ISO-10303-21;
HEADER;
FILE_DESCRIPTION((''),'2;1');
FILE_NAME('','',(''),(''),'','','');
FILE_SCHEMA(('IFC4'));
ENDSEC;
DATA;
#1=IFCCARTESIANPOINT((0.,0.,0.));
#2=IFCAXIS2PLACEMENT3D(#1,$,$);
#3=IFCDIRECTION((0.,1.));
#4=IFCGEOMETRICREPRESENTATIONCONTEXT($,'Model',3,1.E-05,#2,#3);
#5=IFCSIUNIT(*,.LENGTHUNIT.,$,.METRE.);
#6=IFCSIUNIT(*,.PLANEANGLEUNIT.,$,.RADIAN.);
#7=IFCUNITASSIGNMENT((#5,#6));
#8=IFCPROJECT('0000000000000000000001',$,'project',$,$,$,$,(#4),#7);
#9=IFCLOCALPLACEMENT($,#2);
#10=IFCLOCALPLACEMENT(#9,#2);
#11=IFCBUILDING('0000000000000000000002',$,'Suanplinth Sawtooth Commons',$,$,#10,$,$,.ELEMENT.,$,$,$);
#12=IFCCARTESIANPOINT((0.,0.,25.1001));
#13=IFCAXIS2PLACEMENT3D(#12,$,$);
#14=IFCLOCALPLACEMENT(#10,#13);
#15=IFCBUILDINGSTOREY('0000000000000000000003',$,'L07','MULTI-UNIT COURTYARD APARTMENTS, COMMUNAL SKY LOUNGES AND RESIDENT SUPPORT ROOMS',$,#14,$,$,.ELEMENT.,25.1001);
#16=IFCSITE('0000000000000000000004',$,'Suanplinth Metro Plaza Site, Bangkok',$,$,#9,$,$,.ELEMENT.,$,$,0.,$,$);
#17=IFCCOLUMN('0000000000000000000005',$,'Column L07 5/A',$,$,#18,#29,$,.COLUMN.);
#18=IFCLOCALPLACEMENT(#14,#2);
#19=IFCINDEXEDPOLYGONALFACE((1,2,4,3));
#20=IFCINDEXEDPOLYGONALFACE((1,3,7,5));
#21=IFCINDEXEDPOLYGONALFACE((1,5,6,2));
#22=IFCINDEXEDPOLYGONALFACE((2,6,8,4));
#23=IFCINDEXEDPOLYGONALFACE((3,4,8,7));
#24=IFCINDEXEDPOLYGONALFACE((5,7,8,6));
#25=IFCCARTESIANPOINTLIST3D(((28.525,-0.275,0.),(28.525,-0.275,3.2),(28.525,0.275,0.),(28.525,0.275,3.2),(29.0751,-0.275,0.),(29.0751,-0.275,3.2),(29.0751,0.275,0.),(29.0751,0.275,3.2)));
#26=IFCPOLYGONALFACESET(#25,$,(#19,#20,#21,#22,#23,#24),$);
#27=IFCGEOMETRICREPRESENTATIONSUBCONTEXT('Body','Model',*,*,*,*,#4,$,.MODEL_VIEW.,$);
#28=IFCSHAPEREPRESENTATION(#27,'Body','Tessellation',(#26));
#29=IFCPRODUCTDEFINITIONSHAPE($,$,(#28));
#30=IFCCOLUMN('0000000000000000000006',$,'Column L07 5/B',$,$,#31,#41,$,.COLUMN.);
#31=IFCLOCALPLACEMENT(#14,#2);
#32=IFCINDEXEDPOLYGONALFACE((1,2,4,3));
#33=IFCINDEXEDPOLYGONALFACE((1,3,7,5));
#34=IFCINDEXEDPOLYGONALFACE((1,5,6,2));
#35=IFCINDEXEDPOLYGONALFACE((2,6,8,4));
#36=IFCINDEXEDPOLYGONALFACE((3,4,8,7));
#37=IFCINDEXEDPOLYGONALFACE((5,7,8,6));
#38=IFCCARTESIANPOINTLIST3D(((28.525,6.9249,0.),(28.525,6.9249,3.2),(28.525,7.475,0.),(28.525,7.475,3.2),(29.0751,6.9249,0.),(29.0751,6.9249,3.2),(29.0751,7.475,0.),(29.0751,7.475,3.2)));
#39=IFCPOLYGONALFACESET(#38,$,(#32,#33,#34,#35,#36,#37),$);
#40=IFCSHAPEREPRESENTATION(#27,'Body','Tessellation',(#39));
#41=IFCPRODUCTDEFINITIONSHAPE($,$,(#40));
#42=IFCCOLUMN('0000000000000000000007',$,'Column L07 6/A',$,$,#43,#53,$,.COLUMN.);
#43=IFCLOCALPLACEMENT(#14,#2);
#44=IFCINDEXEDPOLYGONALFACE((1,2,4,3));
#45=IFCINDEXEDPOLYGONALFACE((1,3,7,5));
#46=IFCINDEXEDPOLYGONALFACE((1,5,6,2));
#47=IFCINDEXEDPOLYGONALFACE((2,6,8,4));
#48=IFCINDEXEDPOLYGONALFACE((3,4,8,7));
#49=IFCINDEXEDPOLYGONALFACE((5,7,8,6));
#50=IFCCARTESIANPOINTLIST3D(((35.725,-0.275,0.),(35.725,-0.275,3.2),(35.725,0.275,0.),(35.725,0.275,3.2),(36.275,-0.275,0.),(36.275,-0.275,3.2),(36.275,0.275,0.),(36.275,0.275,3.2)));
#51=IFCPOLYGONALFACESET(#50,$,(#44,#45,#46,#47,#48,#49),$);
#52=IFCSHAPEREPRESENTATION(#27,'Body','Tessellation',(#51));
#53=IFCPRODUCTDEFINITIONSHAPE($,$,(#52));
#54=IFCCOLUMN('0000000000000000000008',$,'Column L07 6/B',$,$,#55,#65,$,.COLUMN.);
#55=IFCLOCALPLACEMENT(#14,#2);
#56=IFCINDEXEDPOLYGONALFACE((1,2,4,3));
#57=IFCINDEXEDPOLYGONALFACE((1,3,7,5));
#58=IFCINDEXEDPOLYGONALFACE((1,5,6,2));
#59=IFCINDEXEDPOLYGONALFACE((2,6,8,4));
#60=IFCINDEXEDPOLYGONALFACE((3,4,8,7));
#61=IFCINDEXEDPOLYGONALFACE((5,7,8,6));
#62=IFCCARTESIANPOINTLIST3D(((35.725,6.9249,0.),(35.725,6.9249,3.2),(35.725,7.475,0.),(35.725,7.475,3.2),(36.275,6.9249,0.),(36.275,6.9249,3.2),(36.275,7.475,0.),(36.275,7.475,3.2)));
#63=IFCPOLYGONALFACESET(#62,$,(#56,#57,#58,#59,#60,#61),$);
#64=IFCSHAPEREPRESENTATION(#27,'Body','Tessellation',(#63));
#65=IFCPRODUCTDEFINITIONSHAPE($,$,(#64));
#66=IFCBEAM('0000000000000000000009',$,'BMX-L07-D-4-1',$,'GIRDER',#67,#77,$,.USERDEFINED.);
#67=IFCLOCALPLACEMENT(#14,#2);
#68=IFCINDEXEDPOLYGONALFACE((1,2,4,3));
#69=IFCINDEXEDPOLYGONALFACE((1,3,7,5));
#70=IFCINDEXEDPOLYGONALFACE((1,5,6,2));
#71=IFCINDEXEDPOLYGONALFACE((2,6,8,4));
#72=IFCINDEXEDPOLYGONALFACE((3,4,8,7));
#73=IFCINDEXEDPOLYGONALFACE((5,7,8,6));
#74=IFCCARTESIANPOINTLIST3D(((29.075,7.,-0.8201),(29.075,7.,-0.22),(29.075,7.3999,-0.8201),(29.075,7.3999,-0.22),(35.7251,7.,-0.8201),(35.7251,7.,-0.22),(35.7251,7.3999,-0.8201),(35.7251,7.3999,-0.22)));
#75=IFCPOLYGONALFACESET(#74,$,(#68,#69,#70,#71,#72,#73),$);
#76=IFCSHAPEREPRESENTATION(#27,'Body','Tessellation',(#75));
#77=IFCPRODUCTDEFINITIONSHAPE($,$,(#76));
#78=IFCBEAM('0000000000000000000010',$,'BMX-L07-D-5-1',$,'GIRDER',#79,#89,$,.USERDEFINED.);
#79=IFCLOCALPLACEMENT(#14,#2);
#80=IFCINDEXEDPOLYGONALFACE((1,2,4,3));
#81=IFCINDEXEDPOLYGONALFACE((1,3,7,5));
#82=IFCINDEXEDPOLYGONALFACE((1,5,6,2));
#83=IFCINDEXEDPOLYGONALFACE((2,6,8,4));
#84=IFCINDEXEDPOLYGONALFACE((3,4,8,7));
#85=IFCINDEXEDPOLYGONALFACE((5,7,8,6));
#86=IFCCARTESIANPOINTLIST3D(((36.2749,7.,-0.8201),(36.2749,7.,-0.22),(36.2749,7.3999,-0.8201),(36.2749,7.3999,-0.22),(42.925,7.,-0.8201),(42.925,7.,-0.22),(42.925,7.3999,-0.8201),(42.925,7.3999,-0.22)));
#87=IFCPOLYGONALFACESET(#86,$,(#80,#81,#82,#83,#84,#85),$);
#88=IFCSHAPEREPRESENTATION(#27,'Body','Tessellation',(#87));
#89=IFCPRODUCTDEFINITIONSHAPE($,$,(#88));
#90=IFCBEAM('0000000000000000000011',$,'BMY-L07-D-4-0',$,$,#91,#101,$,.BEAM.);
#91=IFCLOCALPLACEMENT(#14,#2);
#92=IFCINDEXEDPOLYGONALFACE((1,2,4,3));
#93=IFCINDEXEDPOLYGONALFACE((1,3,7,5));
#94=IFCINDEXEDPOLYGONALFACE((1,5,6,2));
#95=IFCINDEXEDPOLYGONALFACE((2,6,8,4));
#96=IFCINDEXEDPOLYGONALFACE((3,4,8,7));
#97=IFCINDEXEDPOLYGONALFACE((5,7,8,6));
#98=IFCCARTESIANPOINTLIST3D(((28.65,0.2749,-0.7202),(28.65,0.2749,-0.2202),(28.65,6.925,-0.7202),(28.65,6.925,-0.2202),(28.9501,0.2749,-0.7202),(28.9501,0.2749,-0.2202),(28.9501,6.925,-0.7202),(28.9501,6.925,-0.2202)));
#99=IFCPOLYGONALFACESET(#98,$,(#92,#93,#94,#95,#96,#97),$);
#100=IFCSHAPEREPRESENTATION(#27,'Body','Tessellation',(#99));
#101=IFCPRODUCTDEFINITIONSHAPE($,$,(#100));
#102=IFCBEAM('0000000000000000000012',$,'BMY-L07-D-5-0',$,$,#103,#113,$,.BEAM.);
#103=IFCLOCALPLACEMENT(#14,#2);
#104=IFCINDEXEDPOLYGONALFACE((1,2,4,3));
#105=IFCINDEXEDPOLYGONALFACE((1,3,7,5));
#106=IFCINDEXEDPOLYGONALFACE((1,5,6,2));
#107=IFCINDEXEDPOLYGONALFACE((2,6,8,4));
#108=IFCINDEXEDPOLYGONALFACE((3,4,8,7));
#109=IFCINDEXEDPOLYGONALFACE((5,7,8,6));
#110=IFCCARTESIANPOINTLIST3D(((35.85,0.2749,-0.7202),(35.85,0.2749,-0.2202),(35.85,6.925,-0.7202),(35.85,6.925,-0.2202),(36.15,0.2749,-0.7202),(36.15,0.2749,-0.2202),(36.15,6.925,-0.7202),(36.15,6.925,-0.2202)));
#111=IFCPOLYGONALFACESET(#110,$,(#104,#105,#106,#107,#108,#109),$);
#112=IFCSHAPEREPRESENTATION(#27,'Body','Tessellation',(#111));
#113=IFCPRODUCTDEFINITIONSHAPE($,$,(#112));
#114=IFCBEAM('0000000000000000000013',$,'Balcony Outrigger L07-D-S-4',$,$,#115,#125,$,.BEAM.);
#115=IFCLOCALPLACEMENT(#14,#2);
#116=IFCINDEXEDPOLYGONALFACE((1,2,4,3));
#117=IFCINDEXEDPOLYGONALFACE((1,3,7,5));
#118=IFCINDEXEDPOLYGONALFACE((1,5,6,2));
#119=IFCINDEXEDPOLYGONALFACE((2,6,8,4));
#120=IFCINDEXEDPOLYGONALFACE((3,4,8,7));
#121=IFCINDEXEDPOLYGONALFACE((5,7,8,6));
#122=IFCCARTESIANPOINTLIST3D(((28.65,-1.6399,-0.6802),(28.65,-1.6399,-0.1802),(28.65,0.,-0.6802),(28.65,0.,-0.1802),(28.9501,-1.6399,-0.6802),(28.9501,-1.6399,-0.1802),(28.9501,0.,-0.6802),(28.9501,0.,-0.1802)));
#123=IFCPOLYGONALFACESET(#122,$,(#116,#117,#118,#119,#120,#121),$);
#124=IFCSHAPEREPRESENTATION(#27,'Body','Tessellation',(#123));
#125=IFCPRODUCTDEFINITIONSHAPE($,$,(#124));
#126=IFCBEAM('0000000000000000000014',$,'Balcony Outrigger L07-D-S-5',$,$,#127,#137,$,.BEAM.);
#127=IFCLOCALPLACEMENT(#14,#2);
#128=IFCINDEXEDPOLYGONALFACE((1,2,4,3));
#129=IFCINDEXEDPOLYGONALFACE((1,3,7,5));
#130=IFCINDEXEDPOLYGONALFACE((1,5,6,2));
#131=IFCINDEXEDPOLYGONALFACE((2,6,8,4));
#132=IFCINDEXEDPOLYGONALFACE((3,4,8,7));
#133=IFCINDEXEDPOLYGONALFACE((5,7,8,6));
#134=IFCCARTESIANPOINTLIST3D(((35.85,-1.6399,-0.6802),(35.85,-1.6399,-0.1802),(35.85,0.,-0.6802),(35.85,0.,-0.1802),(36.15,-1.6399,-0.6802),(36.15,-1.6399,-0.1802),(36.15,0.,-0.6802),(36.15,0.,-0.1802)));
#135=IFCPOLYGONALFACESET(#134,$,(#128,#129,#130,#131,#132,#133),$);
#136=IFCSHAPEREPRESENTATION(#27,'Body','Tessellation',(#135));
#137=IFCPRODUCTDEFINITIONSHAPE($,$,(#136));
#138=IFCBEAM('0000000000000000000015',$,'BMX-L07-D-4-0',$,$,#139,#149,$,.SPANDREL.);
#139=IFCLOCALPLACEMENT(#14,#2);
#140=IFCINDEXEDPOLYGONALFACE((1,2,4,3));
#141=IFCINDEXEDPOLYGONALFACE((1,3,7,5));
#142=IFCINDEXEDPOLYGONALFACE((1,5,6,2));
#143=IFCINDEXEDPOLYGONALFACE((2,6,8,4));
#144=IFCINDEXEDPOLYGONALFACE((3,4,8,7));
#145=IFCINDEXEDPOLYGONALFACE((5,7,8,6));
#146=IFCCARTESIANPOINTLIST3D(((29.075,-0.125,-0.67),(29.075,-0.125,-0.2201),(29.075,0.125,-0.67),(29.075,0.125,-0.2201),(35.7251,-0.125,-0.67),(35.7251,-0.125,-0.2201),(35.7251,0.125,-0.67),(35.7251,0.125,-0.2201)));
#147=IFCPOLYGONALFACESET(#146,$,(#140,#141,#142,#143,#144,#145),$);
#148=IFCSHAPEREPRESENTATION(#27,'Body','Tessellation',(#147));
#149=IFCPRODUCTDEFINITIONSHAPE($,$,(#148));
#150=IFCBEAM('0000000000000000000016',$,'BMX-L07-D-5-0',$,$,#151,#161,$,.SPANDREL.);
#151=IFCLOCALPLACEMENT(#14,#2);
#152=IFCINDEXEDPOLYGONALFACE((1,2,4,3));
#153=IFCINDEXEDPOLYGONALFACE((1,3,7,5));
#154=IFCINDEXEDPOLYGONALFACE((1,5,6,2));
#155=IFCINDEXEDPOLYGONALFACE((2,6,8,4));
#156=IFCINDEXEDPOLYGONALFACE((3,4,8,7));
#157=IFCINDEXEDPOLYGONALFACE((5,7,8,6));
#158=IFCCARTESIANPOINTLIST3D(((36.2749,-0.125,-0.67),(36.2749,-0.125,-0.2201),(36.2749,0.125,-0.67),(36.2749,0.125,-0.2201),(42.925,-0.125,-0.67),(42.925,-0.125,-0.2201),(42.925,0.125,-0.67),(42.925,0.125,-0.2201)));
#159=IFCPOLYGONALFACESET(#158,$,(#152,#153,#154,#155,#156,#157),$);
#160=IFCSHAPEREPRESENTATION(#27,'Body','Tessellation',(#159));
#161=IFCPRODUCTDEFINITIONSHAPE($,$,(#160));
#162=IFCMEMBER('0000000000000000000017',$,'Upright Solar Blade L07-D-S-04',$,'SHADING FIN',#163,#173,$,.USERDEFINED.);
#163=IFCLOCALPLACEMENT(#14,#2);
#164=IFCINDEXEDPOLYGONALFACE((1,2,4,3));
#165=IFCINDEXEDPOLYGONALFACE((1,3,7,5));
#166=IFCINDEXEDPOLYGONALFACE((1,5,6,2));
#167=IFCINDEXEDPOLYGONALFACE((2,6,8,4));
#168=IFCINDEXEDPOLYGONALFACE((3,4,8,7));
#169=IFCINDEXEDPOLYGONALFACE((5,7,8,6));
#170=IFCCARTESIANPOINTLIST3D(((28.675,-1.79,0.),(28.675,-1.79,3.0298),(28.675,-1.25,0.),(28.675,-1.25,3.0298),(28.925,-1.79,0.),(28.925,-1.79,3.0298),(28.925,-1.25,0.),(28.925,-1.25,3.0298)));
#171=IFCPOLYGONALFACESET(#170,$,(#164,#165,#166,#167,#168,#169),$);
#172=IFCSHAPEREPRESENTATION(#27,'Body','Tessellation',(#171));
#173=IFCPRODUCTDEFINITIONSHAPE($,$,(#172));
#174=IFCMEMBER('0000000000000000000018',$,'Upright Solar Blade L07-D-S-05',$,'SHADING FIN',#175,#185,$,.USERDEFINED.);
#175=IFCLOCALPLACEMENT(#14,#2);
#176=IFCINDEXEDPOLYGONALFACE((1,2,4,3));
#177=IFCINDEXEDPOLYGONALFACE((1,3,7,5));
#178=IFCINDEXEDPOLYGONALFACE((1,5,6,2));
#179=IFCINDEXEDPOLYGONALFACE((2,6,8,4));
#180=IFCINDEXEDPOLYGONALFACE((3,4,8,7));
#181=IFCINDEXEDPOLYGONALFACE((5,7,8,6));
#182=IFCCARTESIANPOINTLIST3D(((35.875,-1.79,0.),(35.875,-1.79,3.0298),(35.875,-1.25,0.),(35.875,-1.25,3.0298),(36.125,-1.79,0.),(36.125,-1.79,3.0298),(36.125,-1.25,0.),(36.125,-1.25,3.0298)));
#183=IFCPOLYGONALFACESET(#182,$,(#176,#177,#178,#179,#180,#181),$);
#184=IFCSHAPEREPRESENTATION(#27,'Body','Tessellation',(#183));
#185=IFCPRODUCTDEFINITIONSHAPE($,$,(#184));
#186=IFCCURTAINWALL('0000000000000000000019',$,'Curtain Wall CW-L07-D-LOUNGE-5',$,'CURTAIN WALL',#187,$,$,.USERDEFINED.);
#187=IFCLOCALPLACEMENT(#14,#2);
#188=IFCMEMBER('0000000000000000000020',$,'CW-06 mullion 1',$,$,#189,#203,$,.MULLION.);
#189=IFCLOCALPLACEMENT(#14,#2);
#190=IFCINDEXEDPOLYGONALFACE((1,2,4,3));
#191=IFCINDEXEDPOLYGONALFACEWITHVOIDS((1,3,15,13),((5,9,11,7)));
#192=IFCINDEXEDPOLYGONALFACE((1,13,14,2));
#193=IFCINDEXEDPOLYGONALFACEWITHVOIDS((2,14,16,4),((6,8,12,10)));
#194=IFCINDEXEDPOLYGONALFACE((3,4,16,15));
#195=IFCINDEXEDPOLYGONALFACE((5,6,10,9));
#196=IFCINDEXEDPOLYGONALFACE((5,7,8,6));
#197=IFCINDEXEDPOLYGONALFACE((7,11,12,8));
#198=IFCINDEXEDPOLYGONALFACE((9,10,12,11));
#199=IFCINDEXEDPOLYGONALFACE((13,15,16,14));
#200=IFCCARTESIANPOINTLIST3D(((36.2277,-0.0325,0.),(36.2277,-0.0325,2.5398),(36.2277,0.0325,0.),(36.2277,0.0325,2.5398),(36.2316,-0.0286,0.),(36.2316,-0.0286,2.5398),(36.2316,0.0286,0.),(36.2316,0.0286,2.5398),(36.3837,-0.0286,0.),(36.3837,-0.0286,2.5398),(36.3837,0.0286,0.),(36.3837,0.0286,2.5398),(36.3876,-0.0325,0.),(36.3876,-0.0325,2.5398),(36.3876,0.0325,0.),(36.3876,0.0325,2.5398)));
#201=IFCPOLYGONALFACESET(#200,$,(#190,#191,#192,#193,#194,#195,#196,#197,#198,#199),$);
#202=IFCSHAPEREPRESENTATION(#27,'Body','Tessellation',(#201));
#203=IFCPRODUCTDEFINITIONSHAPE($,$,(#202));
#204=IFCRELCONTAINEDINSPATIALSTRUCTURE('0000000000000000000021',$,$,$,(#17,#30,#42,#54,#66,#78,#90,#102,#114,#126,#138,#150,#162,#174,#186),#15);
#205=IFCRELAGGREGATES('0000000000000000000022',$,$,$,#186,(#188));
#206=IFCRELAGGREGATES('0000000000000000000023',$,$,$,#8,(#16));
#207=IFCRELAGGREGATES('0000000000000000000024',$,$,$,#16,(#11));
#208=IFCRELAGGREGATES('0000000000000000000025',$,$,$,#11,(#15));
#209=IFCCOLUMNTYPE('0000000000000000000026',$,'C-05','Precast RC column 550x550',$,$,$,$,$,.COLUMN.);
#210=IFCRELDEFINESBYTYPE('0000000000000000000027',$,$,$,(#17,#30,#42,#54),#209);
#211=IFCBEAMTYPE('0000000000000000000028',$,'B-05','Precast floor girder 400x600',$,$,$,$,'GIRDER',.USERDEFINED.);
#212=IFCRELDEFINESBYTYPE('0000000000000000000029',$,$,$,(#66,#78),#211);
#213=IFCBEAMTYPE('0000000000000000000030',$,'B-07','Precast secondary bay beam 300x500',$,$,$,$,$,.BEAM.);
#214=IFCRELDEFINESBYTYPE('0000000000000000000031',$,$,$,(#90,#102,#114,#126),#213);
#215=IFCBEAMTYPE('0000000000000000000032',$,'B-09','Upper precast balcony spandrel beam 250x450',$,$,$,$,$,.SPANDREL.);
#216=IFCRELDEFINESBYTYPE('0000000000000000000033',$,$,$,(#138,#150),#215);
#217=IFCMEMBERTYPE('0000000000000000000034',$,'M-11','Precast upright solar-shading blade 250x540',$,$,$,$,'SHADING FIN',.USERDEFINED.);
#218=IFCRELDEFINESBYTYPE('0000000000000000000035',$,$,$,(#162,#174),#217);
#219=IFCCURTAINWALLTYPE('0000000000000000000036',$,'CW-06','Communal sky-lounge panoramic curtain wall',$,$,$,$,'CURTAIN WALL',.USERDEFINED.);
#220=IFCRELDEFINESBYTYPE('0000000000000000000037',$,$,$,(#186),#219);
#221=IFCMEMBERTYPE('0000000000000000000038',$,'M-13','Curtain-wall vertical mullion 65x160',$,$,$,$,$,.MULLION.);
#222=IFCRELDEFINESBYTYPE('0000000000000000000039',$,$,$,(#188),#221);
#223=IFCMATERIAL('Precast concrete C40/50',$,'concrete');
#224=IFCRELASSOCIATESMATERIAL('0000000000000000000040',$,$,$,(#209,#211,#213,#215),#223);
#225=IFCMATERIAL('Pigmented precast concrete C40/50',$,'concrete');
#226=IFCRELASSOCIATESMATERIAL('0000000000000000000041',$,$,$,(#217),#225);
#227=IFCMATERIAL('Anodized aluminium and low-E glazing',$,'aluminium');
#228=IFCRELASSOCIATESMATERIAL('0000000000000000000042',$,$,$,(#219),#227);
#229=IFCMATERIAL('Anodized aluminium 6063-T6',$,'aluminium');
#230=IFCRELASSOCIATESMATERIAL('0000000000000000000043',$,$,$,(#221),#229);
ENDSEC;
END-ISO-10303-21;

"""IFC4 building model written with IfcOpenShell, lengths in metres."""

from ifc_helpers import new_model, si_unit, direction, frame, origin, origin_2d, place, context, subcontext, project, spatial, rectangle, hollow_rectangle, extrude, material, material_profile, profile_set, type_object, element, aggregate, save


model = new_model("IFC4")

# Units and contexts
model_context = context("Model", 3, precision=1e-05, world=origin(), true_north=direction((0.0, 1.0)))
body_context = subcontext(model_context, "Body", "Model", "MODEL_VIEW")
ifc_project = project(units=[si_unit("LENGTHUNIT", "METRE"), si_unit("PLANEANGLEUNIT", "RADIAN")], contexts=[model_context])

# Site, building, storey
site_placement = place(None, origin())
site = spatial("IfcSite", under=ifc_project, at=site_placement, Name="Suanplinth Metro Plaza Site, Bangkok", CompositionType="ELEMENT", RefElevation=0.0)
building_placement = place(site_placement, origin())
building = spatial("IfcBuilding", under=site, at=building_placement, Name="Suanplinth Sawtooth Commons", CompositionType="ELEMENT")
storey_placement = place(building_placement, frame((0.0, 0.0, 25.1001)))
storey = spatial("IfcBuildingStorey", under=building, at=storey_placement, Name="L07", Description="MULTI-UNIT COURTYARD APARTMENTS, COMMUNAL SKY LOUNGES AND RESIDENT SUPPORT ROOMS", CompositionType="ELEMENT", Elevation=25.1001)

# Columns
ifc_material_1 = material(Name="Precast concrete C40/50", Category="concrete")
ifc_material_profile_1 = material_profile(ifc_material_1, rectangle(XDim=0.55, YDim=0.55, at=origin_2d()), Name="PC-COL 550x550")
ifc_profile_set_1 = profile_set([ifc_material_profile_1], Name="Precast concrete C40/50")
column_type = type_object("IfcColumnType", Name="C-05", Description="Precast RC column 550x550", PredefinedType="COLUMN", material=ifc_profile_set_1)
for number, where, z_axis, x_axis, name in (
    (1, (28.8, 0.0, 0.0), (0.0, 0.0, 1.0), (1.0, 0.0, 0.0), "Column L07 5/A"),
    (2, (28.8, 7.2, 0.0), (0.0, 0.0, 1.0), (1.0, 0.0, 0.0), "Column L07 5/B"),
    (3, (36.0, 0.0, 0.0), (0.0, 0.0, 1.0), (1.0, 0.0, 0.0), "Column L07 6/A"),
    (4, (36.0, 7.2, 0.0), (0.0, 0.0, 1.0), (1.0, 0.0, 0.0), "Column L07 6/B"),
):
    element("IfcColumn", number, at=place(storey_placement, frame(where, z_axis=z_axis, x_axis=x_axis)), inside=storey, type_object=column_type, Name=name, PredefinedType="COLUMN", context=body_context, shape_type="SweptSolid", body=[
        extrude(rectangle(XDim=0.55, YDim=0.55, at=origin_2d()), origin(), (0.0, 0.0, 1.0), 3.2),
    ])

# Beams
ifc_material_profile_2 = material_profile(ifc_material_1, rectangle(XDim=0.3999, YDim=0.6001, at=origin_2d()), Name="PC-GDR 400x600")
ifc_profile_set_2 = profile_set([ifc_material_profile_2], Name="Precast concrete C40/50")
beam_type_1 = type_object("IfcBeamType", Name="B-05", Description="Precast floor girder 400x600", ElementType="GIRDER", PredefinedType="USERDEFINED", material=ifc_profile_set_2)
for number, where, z_axis, x_axis, name in (
    (5, (29.075, 7.2, -0.52), (1.0, 0.0, 0.0), (0.0, 1.0, 0.0), "BMX-L07-D-4-1"),
    (6, (36.2749, 7.2, -0.52), (1.0, 0.0, 0.0), (0.0, 1.0, 0.0), "BMX-L07-D-5-1"),
):
    element("IfcBeam", number, at=place(storey_placement, frame(where, z_axis=z_axis, x_axis=x_axis)), inside=storey, type_object=beam_type_1, Name=name, ObjectType="GIRDER", PredefinedType="USERDEFINED", context=body_context, shape_type="SweptSolid", body=[
        extrude(rectangle(XDim=0.3999, YDim=0.6001, at=origin_2d()), origin(), (0.0, 0.0, 1.0), 6.6501),
    ])
ifc_material_profile_3 = material_profile(ifc_material_1, rectangle(XDim=0.3, YDim=0.5, at=origin_2d()), Name="PC-BM 300x500")
ifc_profile_set_3 = profile_set([ifc_material_profile_3], Name="Precast concrete C40/50")
beam_type_2 = type_object("IfcBeamType", Name="B-07", Description="Precast secondary bay beam 300x500", PredefinedType="BEAM", material=ifc_profile_set_3)
for number, where, z_axis, x_axis, name in (
    (7, (28.8, 0.2749, -0.4702), (0.0, 1.0, 0.0), (-1.0, 0.0, 0.0), "BMY-L07-D-4-0"),
    (8, (36.0, 0.2749, -0.4702), (0.0, 1.0, 0.0), (-1.0, 0.0, 0.0), "BMY-L07-D-5-0"),
):
    element("IfcBeam", number, at=place(storey_placement, frame(where, z_axis=z_axis, x_axis=x_axis)), inside=storey, type_object=beam_type_2, Name=name, PredefinedType="BEAM", context=body_context, shape_type="SweptSolid", body=[
        extrude(rectangle(XDim=0.3, YDim=0.5, at=origin_2d()), origin(), (0.0, 0.0, 1.0), 6.6501),
    ])
for number, where, z_axis, x_axis, name in (
    (9, (28.8, 0.0, -0.4302), (0.0, -1.0, 0.0), (1.0, 0.0, 0.0), "Balcony Outrigger L07-D-S-4"),
    (10, (36.0, 0.0, -0.4302), (0.0, -1.0, 0.0), (1.0, 0.0, 0.0), "Balcony Outrigger L07-D-S-5"),
):
    element("IfcBeam", number, at=place(storey_placement, frame(where, z_axis=z_axis, x_axis=x_axis)), inside=storey, type_object=beam_type_2, Name=name, PredefinedType="BEAM", context=body_context, shape_type="SweptSolid", body=[
        extrude(rectangle(XDim=0.3, YDim=0.5, at=origin_2d()), origin(), (0.0, 0.0, 1.0), 1.6399),
    ])
ifc_material_profile_4 = material_profile(ifc_material_1, rectangle(XDim=0.25, YDim=0.45, at=origin_2d()), Name="PC-SP 250x450")
ifc_profile_set_4 = profile_set([ifc_material_profile_4], Name="Precast concrete C40/50")
beam_type_3 = type_object("IfcBeamType", Name="B-09", Description="Upper precast balcony spandrel beam 250x450", PredefinedType="SPANDREL", material=ifc_profile_set_4)
for number, where, z_axis, x_axis, name in (
    (11, (29.075, 0.0, -0.4451), (1.0, 0.0, 0.0), (0.0, 1.0, 0.0), "BMX-L07-D-4-0"),
    (12, (36.2749, 0.0, -0.4451), (1.0, 0.0, 0.0), (0.0, 1.0, 0.0), "BMX-L07-D-5-0"),
):
    element("IfcBeam", number, at=place(storey_placement, frame(where, z_axis=z_axis, x_axis=x_axis)), inside=storey, type_object=beam_type_3, Name=name, PredefinedType="SPANDREL", context=body_context, shape_type="SweptSolid", body=[
        extrude(rectangle(XDim=0.25, YDim=0.45, at=origin_2d()), origin(), (0.0, 0.0, 1.0), 6.6501),
    ])

# Members
ifc_material_2 = material(Name="Pigmented precast concrete C40/50", Category="concrete")
ifc_material_profile_5 = material_profile(ifc_material_2, rectangle(XDim=0.25, YDim=0.54, at=origin_2d()), Name="PC-FIN 250x540")
ifc_profile_set_5 = profile_set([ifc_material_profile_5], Name="Pigmented precast concrete C40/50")
member_type_1 = type_object("IfcMemberType", Name="M-11", Description="Precast upright solar-shading blade 250x540", ElementType="SHADING FIN", PredefinedType="USERDEFINED", material=ifc_profile_set_5)
for number, where, z_axis, x_axis, name in (
    (13, (28.8, -1.52, 0.0), (0.0, 0.0, 1.0), (1.0, 0.0, 0.0), "Upright Solar Blade L07-D-S-04"),
    (14, (36.0, -1.52, 0.0), (0.0, 0.0, 1.0), (1.0, 0.0, 0.0), "Upright Solar Blade L07-D-S-05"),
):
    element("IfcMember", number, at=place(storey_placement, frame(where, z_axis=z_axis, x_axis=x_axis)), inside=storey, type_object=member_type_1, Name=name, ObjectType="SHADING FIN", PredefinedType="USERDEFINED", context=body_context, shape_type="SweptSolid", body=[
        extrude(rectangle(XDim=0.25, YDim=0.54, at=origin_2d()), origin(), (0.0, 0.0, 1.0), 3.0298),
    ])

# Curtain wall, member
ifc_material_3 = material(Name="Anodized aluminium and low-E glazing", Category="aluminium")
curtain_wall_type = type_object("IfcCurtainWallType", Name="CW-06", Description="Communal sky-lounge panoramic curtain wall", ElementType="CURTAIN WALL", PredefinedType="USERDEFINED", material=ifc_material_3)
curtain_wall_placement = place(storey_placement, origin())
curtain_wall = element("IfcCurtainWall", 15, at=curtain_wall_placement, inside=storey, type_object=curtain_wall_type, Name="Curtain Wall CW-L07-D-LOUNGE-5", ObjectType="CURTAIN WALL", PredefinedType="USERDEFINED")
ifc_material_4 = material(Name="Anodized aluminium 6063-T6", Category="aluminium")
ifc_material_profile_6 = material_profile(ifc_material_4, hollow_rectangle(XDim=0.0649, YDim=0.1599, WallThickness=0.0039, at=origin_2d()), Name="ALU-MUL 65x160")
ifc_profile_set_6 = profile_set([ifc_material_profile_6], Name="Anodized aluminium 6063-T6")
member_type_2 = type_object("IfcMemberType", Name="M-13", Description="Curtain-wall vertical mullion 65x160", PredefinedType="MULLION", material=ifc_profile_set_6)
member_placement = place(storey_placement, frame((36.3076, 0.0, 0.0), z_axis=(0.0, 0.0, 1.0), x_axis=(0.0, 1.0, 0.0)))
member = element("IfcMember", 16, at=member_placement, type_object=member_type_2, Name="CW-06 mullion 1", PredefinedType="MULLION", context=body_context, shape_type="SweptSolid", body=[
    extrude(hollow_rectangle(XDim=0.0649, YDim=0.1599, WallThickness=0.0039, at=origin_2d()), origin(), (0.0, 0.0, 1.0), 2.5398),
])
aggregate(curtain_wall, [member])

save(model, "model.ifc")
